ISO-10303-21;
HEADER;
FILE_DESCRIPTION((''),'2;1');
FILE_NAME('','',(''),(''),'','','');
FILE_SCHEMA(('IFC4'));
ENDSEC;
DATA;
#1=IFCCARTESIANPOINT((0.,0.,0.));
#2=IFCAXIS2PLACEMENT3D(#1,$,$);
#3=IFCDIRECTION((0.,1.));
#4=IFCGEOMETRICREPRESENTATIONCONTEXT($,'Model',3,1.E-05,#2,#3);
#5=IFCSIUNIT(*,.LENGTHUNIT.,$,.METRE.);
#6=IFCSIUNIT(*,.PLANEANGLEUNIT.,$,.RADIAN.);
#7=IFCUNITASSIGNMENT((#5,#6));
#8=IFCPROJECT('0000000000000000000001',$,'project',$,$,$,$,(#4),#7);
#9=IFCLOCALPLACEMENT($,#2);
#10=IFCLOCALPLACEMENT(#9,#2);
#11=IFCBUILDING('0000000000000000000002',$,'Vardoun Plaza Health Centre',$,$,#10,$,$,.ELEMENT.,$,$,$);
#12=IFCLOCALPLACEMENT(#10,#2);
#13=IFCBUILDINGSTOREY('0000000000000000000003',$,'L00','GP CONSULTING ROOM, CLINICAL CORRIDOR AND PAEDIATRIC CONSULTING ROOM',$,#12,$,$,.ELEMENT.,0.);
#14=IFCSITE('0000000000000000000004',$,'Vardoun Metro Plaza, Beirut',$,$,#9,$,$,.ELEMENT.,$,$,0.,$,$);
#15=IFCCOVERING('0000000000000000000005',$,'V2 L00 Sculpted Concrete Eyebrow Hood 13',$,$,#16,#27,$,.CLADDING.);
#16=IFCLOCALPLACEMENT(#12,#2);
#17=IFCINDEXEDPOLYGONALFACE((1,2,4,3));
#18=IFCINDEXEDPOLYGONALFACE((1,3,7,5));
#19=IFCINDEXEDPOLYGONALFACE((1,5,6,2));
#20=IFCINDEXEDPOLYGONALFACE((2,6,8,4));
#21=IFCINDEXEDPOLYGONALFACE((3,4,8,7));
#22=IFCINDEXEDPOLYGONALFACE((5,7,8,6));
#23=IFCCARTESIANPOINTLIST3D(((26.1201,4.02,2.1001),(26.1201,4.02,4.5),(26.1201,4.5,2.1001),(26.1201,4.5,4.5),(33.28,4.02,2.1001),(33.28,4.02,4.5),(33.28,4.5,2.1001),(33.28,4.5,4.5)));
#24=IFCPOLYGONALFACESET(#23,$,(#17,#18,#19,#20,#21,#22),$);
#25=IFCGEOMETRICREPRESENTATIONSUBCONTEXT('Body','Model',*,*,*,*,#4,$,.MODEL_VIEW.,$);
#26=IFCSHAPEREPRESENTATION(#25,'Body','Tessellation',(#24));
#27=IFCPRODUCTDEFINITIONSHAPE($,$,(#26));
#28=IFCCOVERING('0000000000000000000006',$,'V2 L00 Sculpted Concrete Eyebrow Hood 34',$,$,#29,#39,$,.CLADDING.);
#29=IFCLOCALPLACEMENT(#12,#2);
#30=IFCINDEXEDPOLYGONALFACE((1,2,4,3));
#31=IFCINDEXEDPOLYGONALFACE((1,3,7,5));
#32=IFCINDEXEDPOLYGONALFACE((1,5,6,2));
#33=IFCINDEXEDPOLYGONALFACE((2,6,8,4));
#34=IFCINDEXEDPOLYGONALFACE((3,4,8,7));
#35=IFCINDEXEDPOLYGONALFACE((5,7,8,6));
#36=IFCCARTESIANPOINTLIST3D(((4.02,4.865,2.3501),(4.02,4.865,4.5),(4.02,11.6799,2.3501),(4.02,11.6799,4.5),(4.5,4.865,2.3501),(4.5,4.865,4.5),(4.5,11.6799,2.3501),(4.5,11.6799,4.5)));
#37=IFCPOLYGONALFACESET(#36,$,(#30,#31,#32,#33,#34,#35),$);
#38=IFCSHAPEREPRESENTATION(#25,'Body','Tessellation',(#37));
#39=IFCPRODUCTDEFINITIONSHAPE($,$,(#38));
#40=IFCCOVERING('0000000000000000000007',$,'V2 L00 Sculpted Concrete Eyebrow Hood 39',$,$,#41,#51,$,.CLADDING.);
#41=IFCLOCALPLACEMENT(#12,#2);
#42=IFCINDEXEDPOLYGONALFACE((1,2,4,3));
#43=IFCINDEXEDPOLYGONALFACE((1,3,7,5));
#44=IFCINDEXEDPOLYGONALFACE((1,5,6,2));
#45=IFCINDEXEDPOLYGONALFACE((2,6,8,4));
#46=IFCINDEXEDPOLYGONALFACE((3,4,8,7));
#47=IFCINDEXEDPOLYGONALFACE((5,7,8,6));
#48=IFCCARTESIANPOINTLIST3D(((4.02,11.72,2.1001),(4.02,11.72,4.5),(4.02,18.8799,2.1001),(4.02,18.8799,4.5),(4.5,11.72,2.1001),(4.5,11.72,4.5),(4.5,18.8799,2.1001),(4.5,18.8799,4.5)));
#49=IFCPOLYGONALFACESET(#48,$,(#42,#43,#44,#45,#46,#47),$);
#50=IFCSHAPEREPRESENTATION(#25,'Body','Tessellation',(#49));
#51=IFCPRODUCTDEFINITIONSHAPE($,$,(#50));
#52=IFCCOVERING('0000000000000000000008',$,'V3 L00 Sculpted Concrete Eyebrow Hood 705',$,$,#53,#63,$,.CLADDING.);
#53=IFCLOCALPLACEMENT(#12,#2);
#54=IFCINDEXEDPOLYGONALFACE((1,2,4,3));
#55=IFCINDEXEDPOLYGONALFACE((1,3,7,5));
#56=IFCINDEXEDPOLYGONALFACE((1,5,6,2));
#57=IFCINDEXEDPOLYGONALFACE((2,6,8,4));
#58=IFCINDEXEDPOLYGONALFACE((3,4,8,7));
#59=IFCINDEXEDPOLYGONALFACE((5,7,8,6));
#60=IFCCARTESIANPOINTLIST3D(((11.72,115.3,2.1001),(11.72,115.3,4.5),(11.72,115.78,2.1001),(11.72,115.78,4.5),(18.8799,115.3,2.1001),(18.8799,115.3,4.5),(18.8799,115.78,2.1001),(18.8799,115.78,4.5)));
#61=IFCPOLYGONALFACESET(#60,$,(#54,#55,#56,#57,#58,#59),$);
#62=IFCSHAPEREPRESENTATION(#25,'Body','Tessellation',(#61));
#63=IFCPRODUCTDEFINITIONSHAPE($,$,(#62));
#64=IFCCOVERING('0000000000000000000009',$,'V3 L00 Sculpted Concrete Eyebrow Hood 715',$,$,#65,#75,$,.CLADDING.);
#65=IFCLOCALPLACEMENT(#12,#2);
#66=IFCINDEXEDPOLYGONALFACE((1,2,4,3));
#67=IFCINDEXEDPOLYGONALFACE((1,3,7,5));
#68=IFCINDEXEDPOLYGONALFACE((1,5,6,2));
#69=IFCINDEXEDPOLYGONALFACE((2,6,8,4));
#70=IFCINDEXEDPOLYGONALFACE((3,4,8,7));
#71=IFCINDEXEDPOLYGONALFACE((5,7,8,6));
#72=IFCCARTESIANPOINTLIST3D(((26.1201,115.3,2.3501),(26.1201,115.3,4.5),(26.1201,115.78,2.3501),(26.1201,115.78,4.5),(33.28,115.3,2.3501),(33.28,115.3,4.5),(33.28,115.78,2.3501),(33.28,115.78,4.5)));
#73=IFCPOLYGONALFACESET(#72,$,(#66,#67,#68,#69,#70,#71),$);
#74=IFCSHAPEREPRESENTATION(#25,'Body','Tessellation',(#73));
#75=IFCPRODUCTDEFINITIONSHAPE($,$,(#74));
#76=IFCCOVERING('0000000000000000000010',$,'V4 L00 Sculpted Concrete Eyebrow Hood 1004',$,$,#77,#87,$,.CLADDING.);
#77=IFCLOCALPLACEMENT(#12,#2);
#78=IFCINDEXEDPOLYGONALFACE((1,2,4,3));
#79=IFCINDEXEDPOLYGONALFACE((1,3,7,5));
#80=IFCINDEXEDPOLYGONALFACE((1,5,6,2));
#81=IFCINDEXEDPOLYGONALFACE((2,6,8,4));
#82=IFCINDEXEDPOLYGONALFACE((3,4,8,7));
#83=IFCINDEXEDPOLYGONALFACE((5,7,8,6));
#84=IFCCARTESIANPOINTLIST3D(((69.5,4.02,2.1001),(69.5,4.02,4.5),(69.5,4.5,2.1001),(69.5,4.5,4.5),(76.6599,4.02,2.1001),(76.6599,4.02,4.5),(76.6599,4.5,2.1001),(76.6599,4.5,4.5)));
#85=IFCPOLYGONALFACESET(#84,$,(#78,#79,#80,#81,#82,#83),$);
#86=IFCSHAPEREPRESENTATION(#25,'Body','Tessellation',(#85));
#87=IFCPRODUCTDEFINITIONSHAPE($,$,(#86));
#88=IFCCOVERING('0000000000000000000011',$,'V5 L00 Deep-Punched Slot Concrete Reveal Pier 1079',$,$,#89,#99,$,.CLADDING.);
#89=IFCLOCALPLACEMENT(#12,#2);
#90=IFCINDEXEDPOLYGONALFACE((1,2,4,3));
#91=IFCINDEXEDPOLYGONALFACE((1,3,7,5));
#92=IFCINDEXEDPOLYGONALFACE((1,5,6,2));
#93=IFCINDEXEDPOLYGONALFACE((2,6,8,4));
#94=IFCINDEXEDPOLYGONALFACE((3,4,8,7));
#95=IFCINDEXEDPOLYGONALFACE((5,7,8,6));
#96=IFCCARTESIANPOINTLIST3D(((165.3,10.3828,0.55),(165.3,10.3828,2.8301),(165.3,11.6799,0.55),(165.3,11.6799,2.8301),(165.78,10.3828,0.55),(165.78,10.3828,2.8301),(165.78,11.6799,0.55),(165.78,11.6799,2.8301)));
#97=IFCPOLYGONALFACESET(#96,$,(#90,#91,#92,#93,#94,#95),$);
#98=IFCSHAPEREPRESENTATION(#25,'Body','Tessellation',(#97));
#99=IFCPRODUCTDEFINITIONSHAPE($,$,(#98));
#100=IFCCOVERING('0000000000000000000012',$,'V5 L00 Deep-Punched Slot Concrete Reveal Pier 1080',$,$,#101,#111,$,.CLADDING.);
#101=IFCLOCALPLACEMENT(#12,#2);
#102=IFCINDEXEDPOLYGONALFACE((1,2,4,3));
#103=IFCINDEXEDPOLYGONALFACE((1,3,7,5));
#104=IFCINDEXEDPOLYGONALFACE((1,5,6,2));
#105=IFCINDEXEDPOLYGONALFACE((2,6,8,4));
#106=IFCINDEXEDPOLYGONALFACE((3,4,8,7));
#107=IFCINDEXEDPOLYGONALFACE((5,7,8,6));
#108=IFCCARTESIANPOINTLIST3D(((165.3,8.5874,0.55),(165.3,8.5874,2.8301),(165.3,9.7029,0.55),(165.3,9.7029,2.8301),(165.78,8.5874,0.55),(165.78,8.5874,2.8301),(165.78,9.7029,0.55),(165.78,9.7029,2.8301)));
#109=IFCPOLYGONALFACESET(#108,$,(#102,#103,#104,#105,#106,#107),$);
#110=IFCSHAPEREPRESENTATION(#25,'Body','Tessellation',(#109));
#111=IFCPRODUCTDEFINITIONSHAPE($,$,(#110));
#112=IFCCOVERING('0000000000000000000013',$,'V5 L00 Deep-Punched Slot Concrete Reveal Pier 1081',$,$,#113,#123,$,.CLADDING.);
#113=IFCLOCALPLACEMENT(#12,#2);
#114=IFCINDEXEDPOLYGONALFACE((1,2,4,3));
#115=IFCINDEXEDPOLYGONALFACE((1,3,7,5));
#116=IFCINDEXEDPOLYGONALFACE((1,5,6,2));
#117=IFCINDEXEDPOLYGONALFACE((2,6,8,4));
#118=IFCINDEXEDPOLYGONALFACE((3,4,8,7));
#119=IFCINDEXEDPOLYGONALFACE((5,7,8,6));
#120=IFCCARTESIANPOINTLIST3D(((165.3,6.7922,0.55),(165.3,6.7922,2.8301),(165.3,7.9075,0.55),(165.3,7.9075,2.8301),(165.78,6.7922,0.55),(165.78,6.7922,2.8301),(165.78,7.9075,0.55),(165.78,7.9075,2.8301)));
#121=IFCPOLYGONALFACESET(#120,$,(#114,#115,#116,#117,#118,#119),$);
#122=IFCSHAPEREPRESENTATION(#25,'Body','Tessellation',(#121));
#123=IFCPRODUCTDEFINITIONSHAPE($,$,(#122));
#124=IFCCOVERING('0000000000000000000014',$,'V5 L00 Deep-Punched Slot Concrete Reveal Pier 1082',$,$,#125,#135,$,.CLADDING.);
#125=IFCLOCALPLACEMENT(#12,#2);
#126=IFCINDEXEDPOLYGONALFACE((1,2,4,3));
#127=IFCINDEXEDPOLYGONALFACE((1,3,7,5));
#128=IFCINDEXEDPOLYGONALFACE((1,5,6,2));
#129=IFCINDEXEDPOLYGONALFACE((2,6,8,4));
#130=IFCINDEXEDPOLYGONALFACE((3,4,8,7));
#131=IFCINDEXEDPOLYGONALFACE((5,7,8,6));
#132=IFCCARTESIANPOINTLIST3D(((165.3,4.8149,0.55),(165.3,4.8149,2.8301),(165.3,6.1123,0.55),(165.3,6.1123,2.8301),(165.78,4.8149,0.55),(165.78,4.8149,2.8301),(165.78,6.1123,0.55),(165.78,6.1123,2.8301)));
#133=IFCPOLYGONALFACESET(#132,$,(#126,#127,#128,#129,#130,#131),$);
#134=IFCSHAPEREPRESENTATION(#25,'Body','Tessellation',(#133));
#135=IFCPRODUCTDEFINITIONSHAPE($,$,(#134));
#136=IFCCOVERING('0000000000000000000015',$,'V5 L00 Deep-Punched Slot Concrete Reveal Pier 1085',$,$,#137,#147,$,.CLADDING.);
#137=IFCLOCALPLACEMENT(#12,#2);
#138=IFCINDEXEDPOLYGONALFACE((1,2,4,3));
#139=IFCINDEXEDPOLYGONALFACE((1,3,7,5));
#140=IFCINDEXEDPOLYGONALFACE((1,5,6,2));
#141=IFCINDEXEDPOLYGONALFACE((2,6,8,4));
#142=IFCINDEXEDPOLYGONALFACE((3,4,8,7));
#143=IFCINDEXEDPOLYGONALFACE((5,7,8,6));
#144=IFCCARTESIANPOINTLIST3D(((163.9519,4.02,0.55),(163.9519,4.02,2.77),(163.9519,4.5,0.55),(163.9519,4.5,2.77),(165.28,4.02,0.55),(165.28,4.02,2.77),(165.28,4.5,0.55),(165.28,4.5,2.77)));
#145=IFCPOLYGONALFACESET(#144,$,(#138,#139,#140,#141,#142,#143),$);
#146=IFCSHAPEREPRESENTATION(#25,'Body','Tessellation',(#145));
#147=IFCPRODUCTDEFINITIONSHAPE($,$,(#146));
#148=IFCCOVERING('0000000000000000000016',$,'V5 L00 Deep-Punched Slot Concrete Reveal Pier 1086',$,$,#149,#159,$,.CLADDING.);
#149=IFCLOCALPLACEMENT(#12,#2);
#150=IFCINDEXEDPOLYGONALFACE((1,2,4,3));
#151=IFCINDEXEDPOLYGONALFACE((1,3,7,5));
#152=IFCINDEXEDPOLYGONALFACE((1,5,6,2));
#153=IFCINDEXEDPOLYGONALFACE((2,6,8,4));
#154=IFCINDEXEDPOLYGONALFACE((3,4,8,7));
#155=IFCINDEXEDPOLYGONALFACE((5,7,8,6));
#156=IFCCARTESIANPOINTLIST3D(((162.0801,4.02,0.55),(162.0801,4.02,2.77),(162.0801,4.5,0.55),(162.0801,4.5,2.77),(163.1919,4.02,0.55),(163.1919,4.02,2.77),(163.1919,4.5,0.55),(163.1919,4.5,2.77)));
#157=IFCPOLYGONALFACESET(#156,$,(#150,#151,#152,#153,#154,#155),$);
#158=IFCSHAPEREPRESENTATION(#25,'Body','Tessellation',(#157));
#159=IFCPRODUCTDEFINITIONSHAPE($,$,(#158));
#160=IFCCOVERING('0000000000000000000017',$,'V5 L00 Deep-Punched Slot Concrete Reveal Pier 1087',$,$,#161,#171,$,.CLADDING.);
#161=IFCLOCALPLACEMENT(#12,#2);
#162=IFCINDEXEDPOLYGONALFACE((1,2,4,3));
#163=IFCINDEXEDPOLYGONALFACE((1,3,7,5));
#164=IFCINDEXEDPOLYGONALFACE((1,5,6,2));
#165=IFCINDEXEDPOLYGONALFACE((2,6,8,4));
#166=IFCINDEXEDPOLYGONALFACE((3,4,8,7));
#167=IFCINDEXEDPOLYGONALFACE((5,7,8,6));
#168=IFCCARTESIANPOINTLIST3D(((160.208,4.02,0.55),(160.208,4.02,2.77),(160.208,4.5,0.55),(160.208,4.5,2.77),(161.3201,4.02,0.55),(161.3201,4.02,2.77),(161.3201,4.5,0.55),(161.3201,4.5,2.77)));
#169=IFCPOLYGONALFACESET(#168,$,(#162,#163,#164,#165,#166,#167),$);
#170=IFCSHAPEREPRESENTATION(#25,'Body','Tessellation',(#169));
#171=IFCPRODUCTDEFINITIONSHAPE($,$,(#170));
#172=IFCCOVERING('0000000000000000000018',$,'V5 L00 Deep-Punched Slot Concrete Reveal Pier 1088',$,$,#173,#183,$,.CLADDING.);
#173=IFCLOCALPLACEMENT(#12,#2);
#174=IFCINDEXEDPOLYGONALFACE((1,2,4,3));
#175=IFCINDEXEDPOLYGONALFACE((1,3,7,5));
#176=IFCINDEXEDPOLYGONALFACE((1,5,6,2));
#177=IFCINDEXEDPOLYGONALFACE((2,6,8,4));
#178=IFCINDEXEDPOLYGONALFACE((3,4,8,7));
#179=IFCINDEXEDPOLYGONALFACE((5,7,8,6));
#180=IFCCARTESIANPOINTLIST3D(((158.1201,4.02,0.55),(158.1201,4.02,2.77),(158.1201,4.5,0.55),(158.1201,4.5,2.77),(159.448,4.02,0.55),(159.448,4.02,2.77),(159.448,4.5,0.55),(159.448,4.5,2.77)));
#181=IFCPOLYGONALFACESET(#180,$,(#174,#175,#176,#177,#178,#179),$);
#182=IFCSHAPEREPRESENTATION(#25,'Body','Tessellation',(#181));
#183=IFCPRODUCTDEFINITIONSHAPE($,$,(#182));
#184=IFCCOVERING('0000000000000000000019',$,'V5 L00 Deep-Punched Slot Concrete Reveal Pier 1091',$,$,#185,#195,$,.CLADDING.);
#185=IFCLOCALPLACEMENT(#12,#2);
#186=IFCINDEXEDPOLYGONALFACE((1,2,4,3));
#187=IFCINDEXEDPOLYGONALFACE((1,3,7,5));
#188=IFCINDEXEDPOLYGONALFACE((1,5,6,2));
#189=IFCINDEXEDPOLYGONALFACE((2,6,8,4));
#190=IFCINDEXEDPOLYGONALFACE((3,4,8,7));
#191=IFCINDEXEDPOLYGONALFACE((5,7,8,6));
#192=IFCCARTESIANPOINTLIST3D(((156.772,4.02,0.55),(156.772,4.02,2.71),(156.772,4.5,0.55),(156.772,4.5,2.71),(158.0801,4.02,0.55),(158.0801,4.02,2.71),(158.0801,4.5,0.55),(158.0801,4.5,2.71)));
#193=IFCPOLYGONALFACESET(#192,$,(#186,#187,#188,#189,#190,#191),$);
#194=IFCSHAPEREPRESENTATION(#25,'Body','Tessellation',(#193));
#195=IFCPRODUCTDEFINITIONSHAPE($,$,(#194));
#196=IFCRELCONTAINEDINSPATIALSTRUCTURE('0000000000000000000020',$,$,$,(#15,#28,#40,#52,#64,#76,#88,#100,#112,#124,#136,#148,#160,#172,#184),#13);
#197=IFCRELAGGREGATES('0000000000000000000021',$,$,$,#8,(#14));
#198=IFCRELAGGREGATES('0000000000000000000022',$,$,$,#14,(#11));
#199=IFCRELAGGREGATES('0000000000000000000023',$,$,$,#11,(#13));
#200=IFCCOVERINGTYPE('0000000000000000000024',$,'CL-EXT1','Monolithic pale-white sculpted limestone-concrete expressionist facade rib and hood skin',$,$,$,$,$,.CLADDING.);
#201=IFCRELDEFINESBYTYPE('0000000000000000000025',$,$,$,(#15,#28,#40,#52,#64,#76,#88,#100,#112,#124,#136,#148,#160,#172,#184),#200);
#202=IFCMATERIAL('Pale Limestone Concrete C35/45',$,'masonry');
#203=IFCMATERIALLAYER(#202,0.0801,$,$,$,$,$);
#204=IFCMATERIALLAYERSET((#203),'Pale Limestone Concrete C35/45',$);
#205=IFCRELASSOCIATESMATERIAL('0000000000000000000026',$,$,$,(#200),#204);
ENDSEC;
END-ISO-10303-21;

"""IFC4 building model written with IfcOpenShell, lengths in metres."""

from ifc_helpers import new_model, si_unit, direction, frame, origin, place, context, subcontext, project, spatial, polyline, outline, extrude, material, layer, layer_set, type_object, element, save


model = new_model("IFC4")

# Units and contexts
model_context = context("Model", 3, precision=1e-05, world=origin(), true_north=direction((0.0, 1.0)))
body_context = subcontext(model_context, "Body", "Model", "MODEL_VIEW")
ifc_project = project(units=[si_unit("LENGTHUNIT", "METRE"), si_unit("PLANEANGLEUNIT", "RADIAN")], contexts=[model_context])

# Site, building, storey
site_placement = place(None, origin())
site = spatial("IfcSite", under=ifc_project, at=site_placement, Name="Vardoun Metro Plaza, Beirut", CompositionType="ELEMENT", RefElevation=0.0)
building_placement = place(site_placement, origin())
building = spatial("IfcBuilding", under=site, at=building_placement, Name="Vardoun Plaza Health Centre", CompositionType="ELEMENT")
storey_placement = place(building_placement, origin())
storey = spatial("IfcBuildingStorey", under=building, at=storey_placement, Name="L00", Description="GP CONSULTING ROOM, CLINICAL CORRIDOR AND PAEDIATRIC CONSULTING ROOM", CompositionType="ELEMENT", Elevation=0.0)

# Coverings
ifc_material = material(Name="Pale Limestone Concrete C35/45", Category="masonry")
ifc_layer = layer(ifc_material, 0.0801)
ifc_layer_set = layer_set([ifc_layer], Name="Pale Limestone Concrete C35/45")
covering_type = type_object("IfcCoveringType", Name="CL-EXT1", Description="Monolithic pale-white sculpted limestone-concrete expressionist facade rib and hood skin", PredefinedType="CLADDING", material=ifc_layer_set)
covering_1_placement = place(storey_placement, frame((0.0, 0.0, 2.1001)))
element("IfcCovering", 1, at=covering_1_placement, inside=storey, type_object=covering_type, Name="V2 L00 Sculpted Concrete Eyebrow Hood 13", PredefinedType="CLADDING", context=body_context, shape_type="SweptSolid", body=[
    extrude(outline(polyline([(33.28, 4.5), (26.1201, 4.5), (26.1201, 4.02), (33.28, 4.02), (33.28, 4.5)])), origin(), (0.0, 0.0, 1.0), 2.3999),
])
covering_2_placement = place(storey_placement, frame((0.0, 0.0, 2.3501)))
element("IfcCovering", 2, at=covering_2_placement, inside=storey, type_object=covering_type, Name="V2 L00 Sculpted Concrete Eyebrow Hood 34", PredefinedType="CLADDING", context=body_context, shape_type="SweptSolid", body=[
    extrude(outline(polyline([(4.5, 4.865), (4.5, 11.6799), (4.02, 11.6799), (4.02, 4.865), (4.5, 4.865)])), origin(), (0.0, 0.0, 1.0), 2.1499),
])
covering_3_placement = place(storey_placement, frame((0.0, 0.0, 2.1001)))
element("IfcCovering", 3, at=covering_3_placement, inside=storey, type_object=covering_type, Name="V2 L00 Sculpted Concrete Eyebrow Hood 39", PredefinedType="CLADDING", context=body_context, shape_type="SweptSolid", body=[
    extrude(outline(polyline([(4.5, 11.72), (4.5, 18.8799), (4.02, 18.8799), (4.02, 11.72), (4.5, 11.72)])), origin(), (0.0, 0.0, 1.0), 2.3999),
])
covering_4_placement = place(storey_placement, frame((0.0, 0.0, 2.1001)))
element("IfcCovering", 4, at=covering_4_placement, inside=storey, type_object=covering_type, Name="V3 L00 Sculpted Concrete Eyebrow Hood 705", PredefinedType="CLADDING", context=body_context, shape_type="SweptSolid", body=[
    extrude(outline(polyline([(11.72, 115.3), (18.8799, 115.3), (18.8799, 115.78), (11.72, 115.78), (11.72, 115.3)])), origin(), (0.0, 0.0, 1.0), 2.3999),
])
covering_5_placement = place(storey_placement, frame((0.0, 0.0, 2.3501)))
element("IfcCovering", 5, at=covering_5_placement, inside=storey, type_object=covering_type, Name="V3 L00 Sculpted Concrete Eyebrow Hood 715", PredefinedType="CLADDING", context=body_context, shape_type="SweptSolid", body=[
    extrude(outline(polyline([(26.1201, 115.3), (33.28, 115.3), (33.28, 115.78), (26.1201, 115.78), (26.1201, 115.3)])), origin(), (0.0, 0.0, 1.0), 2.1499),
])
covering_6_placement = place(storey_placement, frame((0.0, 0.0, 2.1001)))
element("IfcCovering", 6, at=covering_6_placement, inside=storey, type_object=covering_type, Name="V4 L00 Sculpted Concrete Eyebrow Hood 1004", PredefinedType="CLADDING", context=body_context, shape_type="SweptSolid", body=[
    extrude(outline(polyline([(76.6599, 4.5), (69.5, 4.5), (69.5, 4.02), (76.6599, 4.02), (76.6599, 4.5)])), origin(), (0.0, 0.0, 1.0), 2.3999),
])
covering_7_placement = place(storey_placement, frame((0.0, 0.0, 0.55)))
element("IfcCovering", 7, at=covering_7_placement, inside=storey, type_object=covering_type, Name="V5 L00 Deep-Punched Slot Concrete Reveal Pier 1079", PredefinedType="CLADDING", context=body_context, shape_type="SweptSolid", body=[
    extrude(outline(polyline([(165.3, 11.6799), (165.3, 10.3828), (165.78, 10.3828), (165.78, 11.6799), (165.3, 11.6799)])), origin(), (0.0, 0.0, 1.0), 2.28),
])
covering_8_placement = place(storey_placement, frame((0.0, 0.0, 0.55)))
element("IfcCovering", 8, at=covering_8_placement, inside=storey, type_object=covering_type, Name="V5 L00 Deep-Punched Slot Concrete Reveal Pier 1080", PredefinedType="CLADDING", context=body_context, shape_type="SweptSolid", body=[
    extrude(outline(polyline([(165.3, 9.7029), (165.3, 8.5874), (165.78, 8.5874), (165.78, 9.7029), (165.3, 9.7029)])), origin(), (0.0, 0.0, 1.0), 2.28),
])
covering_9_placement = place(storey_placement, frame((0.0, 0.0, 0.55)))
element("IfcCovering", 9, at=covering_9_placement, inside=storey, type_object=covering_type, Name="V5 L00 Deep-Punched Slot Concrete Reveal Pier 1081", PredefinedType="CLADDING", context=body_context, shape_type="SweptSolid", body=[
    extrude(outline(polyline([(165.3, 7.9075), (165.3, 6.7922), (165.78, 6.7922), (165.78, 7.9075), (165.3, 7.9075)])), origin(), (0.0, 0.0, 1.0), 2.28),
])
covering_10_placement = place(storey_placement, frame((0.0, 0.0, 0.55)))
element("IfcCovering", 10, at=covering_10_placement, inside=storey, type_object=covering_type, Name="V5 L00 Deep-Punched Slot Concrete Reveal Pier 1082", PredefinedType="CLADDING", context=body_context, shape_type="SweptSolid", body=[
    extrude(outline(polyline([(165.3, 6.1123), (165.3, 4.8149), (165.78, 4.8149), (165.78, 6.1123), (165.3, 6.1123)])), origin(), (0.0, 0.0, 1.0), 2.28),
])
covering_11_placement = place(storey_placement, frame((0.0, 0.0, 0.55)))
element("IfcCovering", 11, at=covering_11_placement, inside=storey, type_object=covering_type, Name="V5 L00 Deep-Punched Slot Concrete Reveal Pier 1085", PredefinedType="CLADDING", context=body_context, shape_type="SweptSolid", body=[
    extrude(outline(polyline([(165.28, 4.5), (163.9519, 4.5), (163.9519, 4.02), (165.28, 4.02), (165.28, 4.5)])), origin(), (0.0, 0.0, 1.0), 2.22),
])
covering_12_placement = place(storey_placement, frame((0.0, 0.0, 0.55)))
element("IfcCovering", 12, at=covering_12_placement, inside=storey, type_object=covering_type, Name="V5 L00 Deep-Punched Slot Concrete Reveal Pier 1086", PredefinedType="CLADDING", context=body_context, shape_type="SweptSolid", body=[
    extrude(outline(polyline([(163.1919, 4.5), (162.0801, 4.5), (162.0801, 4.02), (163.1919, 4.02), (163.1919, 4.5)])), origin(), (0.0, 0.0, 1.0), 2.22),
])
covering_13_placement = place(storey_placement, frame((0.0, 0.0, 0.55)))
element("IfcCovering", 13, at=covering_13_placement, inside=storey, type_object=covering_type, Name="V5 L00 Deep-Punched Slot Concrete Reveal Pier 1087", PredefinedType="CLADDING", context=body_context, shape_type="SweptSolid", body=[
    extrude(outline(polyline([(161.3201, 4.5), (160.208, 4.5), (160.208, 4.02), (161.3201, 4.02), (161.3201, 4.5)])), origin(), (0.0, 0.0, 1.0), 2.22),
])
covering_14_placement = place(storey_placement, frame((0.0, 0.0, 0.55)))
element("IfcCovering", 14, at=covering_14_placement, inside=storey, type_object=covering_type, Name="V5 L00 Deep-Punched Slot Concrete Reveal Pier 1088", PredefinedType="CLADDING", context=body_context, shape_type="SweptSolid", body=[
    extrude(outline(polyline([(159.448, 4.5), (158.1201, 4.5), (158.1201, 4.02), (159.448, 4.02), (159.448, 4.5)])), origin(), (0.0, 0.0, 1.0), 2.22),
])
covering_15_placement = place(storey_placement, frame((0.0, 0.0, 0.55)))
element("IfcCovering", 15, at=covering_15_placement, inside=storey, type_object=covering_type, Name="V5 L00 Deep-Punched Slot Concrete Reveal Pier 1091", PredefinedType="CLADDING", context=body_context, shape_type="SweptSolid", body=[
    extrude(outline(polyline([(158.0801, 4.5), (156.772, 4.5), (156.772, 4.02), (158.0801, 4.02), (158.0801, 4.5)])), origin(), (0.0, 0.0, 1.0), 2.1599),
])

save(model, "model.ifc")
